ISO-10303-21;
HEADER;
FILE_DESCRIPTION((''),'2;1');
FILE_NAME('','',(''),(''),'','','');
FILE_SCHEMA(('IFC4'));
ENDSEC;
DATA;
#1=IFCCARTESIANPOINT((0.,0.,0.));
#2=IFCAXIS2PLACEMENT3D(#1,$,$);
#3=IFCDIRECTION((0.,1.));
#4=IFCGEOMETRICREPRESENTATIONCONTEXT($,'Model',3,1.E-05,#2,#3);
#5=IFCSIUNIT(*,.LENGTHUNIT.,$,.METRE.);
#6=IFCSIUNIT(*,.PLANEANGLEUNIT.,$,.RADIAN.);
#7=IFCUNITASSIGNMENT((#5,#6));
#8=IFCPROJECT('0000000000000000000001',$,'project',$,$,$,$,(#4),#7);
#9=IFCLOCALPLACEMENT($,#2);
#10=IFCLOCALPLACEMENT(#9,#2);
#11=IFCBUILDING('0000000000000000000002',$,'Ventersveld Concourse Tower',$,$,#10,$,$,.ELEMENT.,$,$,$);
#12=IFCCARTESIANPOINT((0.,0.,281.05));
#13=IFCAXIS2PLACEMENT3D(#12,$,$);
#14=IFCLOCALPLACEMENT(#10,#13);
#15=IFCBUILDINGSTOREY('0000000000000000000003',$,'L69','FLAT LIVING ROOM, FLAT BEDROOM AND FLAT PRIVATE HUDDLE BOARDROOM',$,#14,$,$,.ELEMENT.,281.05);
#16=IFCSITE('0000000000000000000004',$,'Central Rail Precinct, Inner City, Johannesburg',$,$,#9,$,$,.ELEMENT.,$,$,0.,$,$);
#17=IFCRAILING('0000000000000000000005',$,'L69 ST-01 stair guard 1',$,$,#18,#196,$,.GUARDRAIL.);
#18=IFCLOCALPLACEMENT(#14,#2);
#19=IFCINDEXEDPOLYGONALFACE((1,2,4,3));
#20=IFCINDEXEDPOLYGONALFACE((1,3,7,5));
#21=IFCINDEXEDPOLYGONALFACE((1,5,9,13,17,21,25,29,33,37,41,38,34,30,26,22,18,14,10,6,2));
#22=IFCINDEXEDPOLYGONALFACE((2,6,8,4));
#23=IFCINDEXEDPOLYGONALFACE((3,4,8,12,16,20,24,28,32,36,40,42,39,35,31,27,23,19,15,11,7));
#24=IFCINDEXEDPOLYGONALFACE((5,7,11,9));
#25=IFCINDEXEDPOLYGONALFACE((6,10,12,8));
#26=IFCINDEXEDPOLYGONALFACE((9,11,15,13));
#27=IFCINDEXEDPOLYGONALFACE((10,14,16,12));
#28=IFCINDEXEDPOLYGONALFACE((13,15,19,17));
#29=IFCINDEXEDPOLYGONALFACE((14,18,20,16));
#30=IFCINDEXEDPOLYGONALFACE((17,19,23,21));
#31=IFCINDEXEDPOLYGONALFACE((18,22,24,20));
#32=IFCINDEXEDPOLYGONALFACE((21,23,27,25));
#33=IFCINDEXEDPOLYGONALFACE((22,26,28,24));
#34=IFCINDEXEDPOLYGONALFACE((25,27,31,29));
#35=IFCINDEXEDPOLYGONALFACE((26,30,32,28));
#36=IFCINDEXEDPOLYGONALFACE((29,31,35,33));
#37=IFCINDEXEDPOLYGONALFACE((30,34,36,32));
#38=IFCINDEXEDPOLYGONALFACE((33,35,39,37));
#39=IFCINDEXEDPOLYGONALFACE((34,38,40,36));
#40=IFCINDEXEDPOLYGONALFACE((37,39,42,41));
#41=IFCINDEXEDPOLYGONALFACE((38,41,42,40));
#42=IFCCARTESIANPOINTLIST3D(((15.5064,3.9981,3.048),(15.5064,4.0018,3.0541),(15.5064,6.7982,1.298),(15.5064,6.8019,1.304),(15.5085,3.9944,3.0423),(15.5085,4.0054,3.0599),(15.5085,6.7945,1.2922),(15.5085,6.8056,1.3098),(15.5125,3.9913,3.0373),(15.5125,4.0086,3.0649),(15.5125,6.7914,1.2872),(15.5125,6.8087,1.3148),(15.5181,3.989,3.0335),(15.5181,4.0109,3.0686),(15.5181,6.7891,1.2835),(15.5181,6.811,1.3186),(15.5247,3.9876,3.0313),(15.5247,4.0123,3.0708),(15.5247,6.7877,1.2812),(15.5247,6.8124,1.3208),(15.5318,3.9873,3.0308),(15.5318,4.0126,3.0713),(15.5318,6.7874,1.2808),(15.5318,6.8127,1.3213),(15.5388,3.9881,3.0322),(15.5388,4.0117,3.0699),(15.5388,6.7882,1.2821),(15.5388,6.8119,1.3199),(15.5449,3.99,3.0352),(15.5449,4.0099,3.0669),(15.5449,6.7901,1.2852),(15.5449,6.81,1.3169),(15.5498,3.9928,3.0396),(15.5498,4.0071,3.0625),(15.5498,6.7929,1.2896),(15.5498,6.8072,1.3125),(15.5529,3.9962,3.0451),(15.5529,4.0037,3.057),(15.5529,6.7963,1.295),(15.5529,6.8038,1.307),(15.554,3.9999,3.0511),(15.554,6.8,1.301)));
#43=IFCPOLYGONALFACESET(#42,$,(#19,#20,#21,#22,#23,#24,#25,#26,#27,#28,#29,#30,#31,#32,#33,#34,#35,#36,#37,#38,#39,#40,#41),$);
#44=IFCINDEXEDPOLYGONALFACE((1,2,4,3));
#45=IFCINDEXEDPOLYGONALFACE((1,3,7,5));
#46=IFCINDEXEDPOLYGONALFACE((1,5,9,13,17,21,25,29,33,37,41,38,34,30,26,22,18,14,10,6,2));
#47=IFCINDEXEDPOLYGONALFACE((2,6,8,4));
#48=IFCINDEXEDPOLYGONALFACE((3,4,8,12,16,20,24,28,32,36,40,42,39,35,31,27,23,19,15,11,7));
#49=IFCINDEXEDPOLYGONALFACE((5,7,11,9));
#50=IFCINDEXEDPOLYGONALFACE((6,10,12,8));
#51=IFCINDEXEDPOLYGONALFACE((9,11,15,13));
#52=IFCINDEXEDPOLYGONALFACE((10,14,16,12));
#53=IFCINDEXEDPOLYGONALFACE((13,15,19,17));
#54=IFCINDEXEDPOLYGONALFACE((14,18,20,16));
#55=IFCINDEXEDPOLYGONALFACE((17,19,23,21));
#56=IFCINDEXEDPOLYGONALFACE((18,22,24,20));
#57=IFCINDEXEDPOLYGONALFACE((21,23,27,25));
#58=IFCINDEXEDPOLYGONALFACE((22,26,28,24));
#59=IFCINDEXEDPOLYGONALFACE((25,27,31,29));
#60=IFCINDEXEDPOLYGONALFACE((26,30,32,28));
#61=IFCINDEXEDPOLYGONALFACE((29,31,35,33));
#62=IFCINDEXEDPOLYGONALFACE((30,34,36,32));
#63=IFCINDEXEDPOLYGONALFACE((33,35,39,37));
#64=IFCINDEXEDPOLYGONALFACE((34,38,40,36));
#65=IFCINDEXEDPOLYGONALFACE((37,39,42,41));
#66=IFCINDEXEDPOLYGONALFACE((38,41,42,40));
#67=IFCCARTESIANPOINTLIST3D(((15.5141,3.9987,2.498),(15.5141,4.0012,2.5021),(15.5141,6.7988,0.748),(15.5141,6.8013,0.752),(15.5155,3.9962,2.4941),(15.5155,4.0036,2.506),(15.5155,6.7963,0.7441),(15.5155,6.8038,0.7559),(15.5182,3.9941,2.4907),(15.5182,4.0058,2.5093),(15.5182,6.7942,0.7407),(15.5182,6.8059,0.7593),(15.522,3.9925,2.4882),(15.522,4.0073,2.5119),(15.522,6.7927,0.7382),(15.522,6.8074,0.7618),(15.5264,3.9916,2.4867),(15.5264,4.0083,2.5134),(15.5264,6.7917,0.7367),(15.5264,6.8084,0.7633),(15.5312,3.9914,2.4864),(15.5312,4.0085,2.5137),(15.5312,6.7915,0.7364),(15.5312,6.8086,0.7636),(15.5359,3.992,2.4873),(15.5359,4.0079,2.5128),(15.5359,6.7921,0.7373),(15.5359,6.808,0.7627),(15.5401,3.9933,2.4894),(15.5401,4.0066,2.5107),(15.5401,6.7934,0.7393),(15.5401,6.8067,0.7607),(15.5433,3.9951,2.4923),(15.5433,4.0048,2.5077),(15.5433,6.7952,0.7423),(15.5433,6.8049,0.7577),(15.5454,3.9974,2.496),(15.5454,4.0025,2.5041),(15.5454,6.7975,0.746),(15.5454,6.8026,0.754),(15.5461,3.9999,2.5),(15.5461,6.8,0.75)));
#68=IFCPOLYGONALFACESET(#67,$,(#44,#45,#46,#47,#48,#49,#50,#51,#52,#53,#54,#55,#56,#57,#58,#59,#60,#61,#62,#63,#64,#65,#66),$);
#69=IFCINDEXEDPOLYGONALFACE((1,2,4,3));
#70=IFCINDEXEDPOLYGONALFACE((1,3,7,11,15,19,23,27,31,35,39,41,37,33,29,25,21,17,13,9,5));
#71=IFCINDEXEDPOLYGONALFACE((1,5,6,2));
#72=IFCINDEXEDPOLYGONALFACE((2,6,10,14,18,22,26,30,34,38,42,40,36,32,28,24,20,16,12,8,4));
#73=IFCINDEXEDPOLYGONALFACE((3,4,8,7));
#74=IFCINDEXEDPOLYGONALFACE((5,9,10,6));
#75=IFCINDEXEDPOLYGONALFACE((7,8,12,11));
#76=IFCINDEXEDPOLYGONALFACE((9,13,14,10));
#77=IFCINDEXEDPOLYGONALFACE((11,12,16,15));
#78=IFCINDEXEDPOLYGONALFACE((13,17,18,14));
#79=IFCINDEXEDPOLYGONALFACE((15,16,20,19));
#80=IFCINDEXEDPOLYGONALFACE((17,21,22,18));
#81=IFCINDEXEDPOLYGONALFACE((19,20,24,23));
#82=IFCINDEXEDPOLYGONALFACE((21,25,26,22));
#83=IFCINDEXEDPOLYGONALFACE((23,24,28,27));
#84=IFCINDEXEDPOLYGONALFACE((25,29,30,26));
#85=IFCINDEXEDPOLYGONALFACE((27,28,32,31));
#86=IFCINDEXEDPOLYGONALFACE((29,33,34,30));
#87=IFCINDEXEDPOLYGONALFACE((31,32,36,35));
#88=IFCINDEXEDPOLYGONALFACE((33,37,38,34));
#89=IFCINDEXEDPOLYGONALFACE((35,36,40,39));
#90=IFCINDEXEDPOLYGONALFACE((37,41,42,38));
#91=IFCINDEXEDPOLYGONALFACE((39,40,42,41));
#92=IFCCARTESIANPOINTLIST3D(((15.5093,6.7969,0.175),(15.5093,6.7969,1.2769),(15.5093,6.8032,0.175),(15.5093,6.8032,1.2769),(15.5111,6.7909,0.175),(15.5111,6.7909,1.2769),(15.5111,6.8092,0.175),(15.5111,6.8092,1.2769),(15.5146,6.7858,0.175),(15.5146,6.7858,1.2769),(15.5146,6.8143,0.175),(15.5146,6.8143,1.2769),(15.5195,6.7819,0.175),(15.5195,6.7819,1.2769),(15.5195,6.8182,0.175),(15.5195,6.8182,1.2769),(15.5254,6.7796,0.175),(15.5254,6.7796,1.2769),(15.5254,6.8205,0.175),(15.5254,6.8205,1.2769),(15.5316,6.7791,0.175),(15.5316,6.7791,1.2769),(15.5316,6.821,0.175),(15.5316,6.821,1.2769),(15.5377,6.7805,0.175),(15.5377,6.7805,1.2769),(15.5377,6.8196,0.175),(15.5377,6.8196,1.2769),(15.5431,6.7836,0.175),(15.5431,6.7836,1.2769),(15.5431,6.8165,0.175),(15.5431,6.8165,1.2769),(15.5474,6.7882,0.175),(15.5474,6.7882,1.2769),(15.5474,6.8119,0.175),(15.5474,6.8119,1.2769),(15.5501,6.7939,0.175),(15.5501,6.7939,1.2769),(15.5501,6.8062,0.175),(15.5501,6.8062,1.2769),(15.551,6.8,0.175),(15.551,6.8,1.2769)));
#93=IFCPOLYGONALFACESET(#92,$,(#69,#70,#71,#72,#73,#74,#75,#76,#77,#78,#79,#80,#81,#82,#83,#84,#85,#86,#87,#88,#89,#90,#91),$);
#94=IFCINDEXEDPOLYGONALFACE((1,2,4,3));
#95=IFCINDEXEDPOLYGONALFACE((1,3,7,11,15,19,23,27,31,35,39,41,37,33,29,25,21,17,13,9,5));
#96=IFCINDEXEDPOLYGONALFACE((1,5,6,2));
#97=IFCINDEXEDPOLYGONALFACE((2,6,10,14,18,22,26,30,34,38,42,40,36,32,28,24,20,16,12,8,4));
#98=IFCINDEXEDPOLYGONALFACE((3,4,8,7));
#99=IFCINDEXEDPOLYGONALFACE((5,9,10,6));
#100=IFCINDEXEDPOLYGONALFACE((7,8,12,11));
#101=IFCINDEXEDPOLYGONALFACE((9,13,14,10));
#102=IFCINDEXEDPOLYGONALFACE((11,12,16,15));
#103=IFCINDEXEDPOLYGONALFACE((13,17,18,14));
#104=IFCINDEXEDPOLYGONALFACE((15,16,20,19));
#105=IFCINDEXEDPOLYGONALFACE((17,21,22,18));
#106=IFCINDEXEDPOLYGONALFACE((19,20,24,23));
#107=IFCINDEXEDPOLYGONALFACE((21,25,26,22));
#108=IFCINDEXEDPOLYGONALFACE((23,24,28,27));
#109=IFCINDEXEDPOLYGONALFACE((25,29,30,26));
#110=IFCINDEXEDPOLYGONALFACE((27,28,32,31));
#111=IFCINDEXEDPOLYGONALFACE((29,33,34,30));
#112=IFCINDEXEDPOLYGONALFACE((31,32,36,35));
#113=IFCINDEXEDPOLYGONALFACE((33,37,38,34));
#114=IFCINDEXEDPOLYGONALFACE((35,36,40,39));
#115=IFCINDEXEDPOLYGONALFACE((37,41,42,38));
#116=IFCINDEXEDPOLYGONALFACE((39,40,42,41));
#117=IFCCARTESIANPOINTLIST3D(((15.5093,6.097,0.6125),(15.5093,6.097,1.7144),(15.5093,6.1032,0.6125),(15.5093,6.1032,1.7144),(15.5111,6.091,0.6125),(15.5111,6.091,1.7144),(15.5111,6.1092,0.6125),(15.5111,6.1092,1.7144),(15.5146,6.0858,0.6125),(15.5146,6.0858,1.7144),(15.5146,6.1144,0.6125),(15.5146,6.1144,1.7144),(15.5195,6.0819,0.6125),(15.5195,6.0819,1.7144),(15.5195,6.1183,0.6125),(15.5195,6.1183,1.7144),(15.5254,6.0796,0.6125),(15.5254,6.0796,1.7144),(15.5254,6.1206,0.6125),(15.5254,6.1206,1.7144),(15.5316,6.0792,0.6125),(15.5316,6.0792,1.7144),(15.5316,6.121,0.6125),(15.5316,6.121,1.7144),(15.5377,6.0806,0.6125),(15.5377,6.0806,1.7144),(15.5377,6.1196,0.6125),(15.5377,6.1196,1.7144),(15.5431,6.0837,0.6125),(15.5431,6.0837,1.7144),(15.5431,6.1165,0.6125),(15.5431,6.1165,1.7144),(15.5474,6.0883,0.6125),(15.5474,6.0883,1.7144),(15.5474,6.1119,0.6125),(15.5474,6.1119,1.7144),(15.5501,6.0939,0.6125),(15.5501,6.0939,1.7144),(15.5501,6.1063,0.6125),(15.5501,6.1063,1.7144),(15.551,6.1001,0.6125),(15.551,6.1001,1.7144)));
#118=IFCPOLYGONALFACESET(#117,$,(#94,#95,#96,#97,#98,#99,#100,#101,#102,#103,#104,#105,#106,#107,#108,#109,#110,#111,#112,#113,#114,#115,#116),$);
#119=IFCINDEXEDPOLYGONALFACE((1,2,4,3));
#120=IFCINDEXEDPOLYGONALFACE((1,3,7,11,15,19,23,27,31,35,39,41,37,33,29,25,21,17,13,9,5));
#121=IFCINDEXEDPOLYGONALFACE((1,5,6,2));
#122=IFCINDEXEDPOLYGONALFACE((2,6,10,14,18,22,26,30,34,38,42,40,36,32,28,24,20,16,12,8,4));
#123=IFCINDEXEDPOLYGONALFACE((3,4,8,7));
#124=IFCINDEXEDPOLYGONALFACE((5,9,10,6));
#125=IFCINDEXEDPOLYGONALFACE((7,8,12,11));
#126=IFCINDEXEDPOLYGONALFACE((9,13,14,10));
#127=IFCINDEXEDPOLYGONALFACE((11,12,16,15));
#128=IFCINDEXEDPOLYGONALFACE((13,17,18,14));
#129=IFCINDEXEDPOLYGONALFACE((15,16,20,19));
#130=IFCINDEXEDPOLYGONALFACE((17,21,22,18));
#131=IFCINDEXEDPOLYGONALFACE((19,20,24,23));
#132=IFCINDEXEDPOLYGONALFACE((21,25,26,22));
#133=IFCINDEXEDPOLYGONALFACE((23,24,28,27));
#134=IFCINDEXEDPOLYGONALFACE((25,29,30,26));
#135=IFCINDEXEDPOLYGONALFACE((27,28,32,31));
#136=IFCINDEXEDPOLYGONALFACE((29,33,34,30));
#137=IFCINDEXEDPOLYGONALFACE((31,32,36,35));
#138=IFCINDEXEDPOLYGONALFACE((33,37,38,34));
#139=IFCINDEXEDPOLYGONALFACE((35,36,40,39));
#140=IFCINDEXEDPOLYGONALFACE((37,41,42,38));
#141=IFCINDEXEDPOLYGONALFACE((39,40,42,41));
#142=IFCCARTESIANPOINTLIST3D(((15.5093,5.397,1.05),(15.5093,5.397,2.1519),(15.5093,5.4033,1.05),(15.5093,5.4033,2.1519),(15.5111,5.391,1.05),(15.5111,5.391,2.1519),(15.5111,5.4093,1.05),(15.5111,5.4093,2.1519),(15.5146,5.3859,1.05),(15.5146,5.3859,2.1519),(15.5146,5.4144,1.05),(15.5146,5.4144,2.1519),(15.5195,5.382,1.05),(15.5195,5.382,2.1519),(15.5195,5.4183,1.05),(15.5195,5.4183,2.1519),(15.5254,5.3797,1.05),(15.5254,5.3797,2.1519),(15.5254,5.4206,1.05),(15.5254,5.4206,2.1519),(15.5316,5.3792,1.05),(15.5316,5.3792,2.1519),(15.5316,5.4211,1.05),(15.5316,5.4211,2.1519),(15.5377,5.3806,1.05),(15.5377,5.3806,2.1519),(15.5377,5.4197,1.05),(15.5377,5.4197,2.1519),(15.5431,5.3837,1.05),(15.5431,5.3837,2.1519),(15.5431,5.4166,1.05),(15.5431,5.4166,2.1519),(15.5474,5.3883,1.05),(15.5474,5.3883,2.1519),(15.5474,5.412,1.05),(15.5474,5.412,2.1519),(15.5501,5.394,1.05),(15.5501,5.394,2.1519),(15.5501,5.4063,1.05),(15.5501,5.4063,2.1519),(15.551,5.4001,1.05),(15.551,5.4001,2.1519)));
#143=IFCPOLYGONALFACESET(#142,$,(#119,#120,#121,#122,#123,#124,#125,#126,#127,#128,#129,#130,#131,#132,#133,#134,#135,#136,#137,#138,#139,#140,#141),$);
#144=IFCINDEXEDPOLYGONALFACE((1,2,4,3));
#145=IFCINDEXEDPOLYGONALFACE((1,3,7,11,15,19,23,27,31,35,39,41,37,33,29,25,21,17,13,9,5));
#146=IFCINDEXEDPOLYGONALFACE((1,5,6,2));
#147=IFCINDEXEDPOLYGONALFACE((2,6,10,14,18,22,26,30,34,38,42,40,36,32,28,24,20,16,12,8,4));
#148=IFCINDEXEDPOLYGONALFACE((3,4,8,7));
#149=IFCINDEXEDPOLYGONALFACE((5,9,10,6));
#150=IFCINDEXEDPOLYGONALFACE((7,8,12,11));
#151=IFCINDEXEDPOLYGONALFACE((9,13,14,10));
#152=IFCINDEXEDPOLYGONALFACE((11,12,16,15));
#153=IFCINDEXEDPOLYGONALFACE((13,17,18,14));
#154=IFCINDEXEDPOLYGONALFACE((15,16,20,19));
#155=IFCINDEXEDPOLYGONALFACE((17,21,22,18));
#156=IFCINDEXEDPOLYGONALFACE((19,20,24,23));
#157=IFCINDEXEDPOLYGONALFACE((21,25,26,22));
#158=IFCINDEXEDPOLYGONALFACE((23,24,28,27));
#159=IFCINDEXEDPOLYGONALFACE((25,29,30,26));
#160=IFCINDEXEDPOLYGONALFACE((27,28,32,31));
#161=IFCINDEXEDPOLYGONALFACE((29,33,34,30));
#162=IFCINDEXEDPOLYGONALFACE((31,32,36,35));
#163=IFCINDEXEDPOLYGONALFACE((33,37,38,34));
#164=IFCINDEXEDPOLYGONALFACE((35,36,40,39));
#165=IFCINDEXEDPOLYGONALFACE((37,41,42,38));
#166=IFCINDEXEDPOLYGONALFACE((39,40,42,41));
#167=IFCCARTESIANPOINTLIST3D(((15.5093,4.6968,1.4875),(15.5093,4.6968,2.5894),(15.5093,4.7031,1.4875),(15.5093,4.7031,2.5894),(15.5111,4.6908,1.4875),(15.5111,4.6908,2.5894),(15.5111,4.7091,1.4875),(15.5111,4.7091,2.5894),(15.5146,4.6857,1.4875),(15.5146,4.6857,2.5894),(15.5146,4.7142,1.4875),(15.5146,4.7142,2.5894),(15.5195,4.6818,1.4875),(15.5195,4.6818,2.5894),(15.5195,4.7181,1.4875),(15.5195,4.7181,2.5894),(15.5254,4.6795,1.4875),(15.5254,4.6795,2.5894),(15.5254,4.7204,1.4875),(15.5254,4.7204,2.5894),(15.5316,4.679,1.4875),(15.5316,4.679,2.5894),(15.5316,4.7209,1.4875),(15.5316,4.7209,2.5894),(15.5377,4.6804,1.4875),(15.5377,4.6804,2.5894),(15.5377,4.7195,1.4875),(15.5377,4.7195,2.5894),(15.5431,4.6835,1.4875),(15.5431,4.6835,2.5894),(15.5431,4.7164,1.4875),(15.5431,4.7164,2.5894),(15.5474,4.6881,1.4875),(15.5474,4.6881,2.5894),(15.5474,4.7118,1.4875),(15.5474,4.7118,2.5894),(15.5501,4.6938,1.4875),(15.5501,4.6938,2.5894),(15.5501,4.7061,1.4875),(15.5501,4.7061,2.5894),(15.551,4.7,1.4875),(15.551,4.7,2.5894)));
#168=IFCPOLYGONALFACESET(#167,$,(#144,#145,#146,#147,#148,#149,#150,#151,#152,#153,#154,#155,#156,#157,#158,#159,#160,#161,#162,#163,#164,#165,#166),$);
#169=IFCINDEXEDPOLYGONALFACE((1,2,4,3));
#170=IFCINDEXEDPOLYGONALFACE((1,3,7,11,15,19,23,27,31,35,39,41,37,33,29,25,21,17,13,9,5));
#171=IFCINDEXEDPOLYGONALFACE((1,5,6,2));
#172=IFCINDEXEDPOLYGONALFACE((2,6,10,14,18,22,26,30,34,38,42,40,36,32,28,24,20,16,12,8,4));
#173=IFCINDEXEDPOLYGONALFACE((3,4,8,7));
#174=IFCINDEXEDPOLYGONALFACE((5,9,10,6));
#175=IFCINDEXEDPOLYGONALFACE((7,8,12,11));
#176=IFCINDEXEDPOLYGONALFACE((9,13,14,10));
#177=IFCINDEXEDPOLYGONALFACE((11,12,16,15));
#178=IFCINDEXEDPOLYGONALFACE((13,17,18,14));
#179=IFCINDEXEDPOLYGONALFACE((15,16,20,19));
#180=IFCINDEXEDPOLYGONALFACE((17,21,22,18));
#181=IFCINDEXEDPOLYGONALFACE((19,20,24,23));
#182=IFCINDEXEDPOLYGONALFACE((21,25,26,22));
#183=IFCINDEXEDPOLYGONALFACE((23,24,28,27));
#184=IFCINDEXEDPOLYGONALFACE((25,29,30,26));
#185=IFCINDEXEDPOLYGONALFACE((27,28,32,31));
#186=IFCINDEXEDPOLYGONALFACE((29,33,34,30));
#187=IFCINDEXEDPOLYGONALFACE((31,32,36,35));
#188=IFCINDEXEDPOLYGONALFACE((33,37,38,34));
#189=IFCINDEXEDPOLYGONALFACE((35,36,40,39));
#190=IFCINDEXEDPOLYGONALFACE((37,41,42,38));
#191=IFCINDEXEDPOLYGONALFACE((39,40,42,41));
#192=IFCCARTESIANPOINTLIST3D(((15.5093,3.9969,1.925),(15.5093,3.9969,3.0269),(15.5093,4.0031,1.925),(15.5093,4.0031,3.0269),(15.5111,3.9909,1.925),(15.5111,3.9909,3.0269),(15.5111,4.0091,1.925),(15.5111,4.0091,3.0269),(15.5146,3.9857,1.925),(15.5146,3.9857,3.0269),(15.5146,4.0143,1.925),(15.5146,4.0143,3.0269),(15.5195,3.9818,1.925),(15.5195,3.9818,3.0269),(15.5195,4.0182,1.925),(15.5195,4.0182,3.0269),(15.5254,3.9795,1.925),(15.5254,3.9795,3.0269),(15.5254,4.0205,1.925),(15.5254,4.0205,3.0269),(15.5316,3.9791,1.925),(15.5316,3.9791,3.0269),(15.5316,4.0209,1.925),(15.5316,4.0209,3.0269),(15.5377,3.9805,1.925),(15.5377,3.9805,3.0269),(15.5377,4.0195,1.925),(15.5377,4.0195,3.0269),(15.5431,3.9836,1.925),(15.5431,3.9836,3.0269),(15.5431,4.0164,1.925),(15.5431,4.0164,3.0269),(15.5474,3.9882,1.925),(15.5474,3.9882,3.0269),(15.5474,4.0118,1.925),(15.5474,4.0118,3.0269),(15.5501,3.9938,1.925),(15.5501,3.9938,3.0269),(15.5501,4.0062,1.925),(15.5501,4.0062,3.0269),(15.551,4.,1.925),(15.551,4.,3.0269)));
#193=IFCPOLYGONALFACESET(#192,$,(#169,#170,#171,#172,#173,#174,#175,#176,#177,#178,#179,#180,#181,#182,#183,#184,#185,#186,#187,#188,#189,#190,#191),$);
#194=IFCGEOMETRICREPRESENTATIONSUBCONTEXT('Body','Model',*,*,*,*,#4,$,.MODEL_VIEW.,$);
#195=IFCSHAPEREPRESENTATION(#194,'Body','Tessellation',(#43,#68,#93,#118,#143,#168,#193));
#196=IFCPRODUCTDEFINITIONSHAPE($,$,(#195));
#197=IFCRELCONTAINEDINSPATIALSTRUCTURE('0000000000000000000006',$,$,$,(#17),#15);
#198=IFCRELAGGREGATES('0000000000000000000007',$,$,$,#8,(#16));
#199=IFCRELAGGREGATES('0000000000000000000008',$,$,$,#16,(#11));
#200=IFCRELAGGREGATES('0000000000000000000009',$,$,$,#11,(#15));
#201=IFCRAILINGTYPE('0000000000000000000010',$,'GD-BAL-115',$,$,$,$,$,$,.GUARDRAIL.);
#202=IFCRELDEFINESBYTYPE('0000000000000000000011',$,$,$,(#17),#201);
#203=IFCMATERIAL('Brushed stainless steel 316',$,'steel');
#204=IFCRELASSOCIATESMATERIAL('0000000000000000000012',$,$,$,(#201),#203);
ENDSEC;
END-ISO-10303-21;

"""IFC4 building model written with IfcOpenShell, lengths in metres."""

from ifc_helpers import new_model, si_unit, direction, frame, origin, origin_2d, place, context, subcontext, project, spatial, circle, extrude, material, type_object, element, save


model = new_model("IFC4")

# Units and contexts
model_context = context("Model", 3, precision=1e-05, world=origin(), true_north=direction((0.0, 1.0)))
body_context = subcontext(model_context, "Body", "Model", "MODEL_VIEW")
ifc_project = project(units=[si_unit("LENGTHUNIT", "METRE"), si_unit("PLANEANGLEUNIT", "RADIAN")], contexts=[model_context])

# Site, building, storey
site_placement = place(None, origin())
site = spatial("IfcSite", under=ifc_project, at=site_placement, Name="Central Rail Precinct, Inner City, Johannesburg", CompositionType="ELEMENT", RefElevation=0.0)
building_placement = place(site_placement, origin())
building = spatial("IfcBuilding", under=site, at=building_placement, Name="Ventersveld Concourse Tower", CompositionType="ELEMENT")
storey_placement = place(building_placement, frame((0.0, 0.0, 281.05)))
storey = spatial("IfcBuildingStorey", under=building, at=storey_placement, Name="L69", Description="FLAT LIVING ROOM, FLAT BEDROOM AND FLAT PRIVATE HUDDLE BOARDROOM", CompositionType="ELEMENT", Elevation=281.05)

# Shared definitions
ifc_material_1 = material(Name="Brushed stainless steel 316", Category="steel")

# Railing
railing_type_1 = type_object("IfcRailingType", Name="GD-BAL-115", PredefinedType="GUARDRAIL", material=ifc_material_1)
railing_1_placement = place(storey_placement, frame((15.53, 6.8, 0.175)))
element("IfcRailing", 1, at=railing_1_placement, inside=storey, type_object=railing_type_1, Name="L69 ST-01 stair guard 1", PredefinedType="GUARDRAIL", context=body_context, shape_type="SweptSolid", body=[
    extrude(circle(Radius=0.0239, at=origin_2d()), frame((0.0, 0.0, 1.126), z_axis=(0.0, -0.848002, 0.529992), x_axis=(1.0, 0.0, 0.0)), (0.0, 0.0, 1.0), 3.302),
    extrude(circle(Radius=0.0161, at=origin_2d()), frame((0.0, 0.0, 0.575), z_axis=(0.0, -0.848002, 0.529992), x_axis=(1.0, 0.0, 0.0)), (0.0, 0.0, 1.0), 3.302),
    extrude(circle(Radius=0.021, at=origin_2d()), origin(), (0.0, 0.0, 1.0), 1.1018),
    extrude(circle(Radius=0.021, at=origin_2d()), frame((0.0, -0.7, 0.4375)), (0.0, 0.0, 1.0), 1.1018),
    extrude(circle(Radius=0.021, at=origin_2d()), frame((0.0, -1.3999, 0.875)), (0.0, 0.0, 1.0), 1.1018),
    extrude(circle(Radius=0.021, at=origin_2d()), frame((0.0, -2.1001, 1.3125)), (0.0, 0.0, 1.0), 1.1018),
    extrude(circle(Radius=0.021, at=origin_2d()), frame((0.0, -2.8, 1.75)), (0.0, 0.0, 1.0), 1.1018),
])

save(model, "model.ifc")
